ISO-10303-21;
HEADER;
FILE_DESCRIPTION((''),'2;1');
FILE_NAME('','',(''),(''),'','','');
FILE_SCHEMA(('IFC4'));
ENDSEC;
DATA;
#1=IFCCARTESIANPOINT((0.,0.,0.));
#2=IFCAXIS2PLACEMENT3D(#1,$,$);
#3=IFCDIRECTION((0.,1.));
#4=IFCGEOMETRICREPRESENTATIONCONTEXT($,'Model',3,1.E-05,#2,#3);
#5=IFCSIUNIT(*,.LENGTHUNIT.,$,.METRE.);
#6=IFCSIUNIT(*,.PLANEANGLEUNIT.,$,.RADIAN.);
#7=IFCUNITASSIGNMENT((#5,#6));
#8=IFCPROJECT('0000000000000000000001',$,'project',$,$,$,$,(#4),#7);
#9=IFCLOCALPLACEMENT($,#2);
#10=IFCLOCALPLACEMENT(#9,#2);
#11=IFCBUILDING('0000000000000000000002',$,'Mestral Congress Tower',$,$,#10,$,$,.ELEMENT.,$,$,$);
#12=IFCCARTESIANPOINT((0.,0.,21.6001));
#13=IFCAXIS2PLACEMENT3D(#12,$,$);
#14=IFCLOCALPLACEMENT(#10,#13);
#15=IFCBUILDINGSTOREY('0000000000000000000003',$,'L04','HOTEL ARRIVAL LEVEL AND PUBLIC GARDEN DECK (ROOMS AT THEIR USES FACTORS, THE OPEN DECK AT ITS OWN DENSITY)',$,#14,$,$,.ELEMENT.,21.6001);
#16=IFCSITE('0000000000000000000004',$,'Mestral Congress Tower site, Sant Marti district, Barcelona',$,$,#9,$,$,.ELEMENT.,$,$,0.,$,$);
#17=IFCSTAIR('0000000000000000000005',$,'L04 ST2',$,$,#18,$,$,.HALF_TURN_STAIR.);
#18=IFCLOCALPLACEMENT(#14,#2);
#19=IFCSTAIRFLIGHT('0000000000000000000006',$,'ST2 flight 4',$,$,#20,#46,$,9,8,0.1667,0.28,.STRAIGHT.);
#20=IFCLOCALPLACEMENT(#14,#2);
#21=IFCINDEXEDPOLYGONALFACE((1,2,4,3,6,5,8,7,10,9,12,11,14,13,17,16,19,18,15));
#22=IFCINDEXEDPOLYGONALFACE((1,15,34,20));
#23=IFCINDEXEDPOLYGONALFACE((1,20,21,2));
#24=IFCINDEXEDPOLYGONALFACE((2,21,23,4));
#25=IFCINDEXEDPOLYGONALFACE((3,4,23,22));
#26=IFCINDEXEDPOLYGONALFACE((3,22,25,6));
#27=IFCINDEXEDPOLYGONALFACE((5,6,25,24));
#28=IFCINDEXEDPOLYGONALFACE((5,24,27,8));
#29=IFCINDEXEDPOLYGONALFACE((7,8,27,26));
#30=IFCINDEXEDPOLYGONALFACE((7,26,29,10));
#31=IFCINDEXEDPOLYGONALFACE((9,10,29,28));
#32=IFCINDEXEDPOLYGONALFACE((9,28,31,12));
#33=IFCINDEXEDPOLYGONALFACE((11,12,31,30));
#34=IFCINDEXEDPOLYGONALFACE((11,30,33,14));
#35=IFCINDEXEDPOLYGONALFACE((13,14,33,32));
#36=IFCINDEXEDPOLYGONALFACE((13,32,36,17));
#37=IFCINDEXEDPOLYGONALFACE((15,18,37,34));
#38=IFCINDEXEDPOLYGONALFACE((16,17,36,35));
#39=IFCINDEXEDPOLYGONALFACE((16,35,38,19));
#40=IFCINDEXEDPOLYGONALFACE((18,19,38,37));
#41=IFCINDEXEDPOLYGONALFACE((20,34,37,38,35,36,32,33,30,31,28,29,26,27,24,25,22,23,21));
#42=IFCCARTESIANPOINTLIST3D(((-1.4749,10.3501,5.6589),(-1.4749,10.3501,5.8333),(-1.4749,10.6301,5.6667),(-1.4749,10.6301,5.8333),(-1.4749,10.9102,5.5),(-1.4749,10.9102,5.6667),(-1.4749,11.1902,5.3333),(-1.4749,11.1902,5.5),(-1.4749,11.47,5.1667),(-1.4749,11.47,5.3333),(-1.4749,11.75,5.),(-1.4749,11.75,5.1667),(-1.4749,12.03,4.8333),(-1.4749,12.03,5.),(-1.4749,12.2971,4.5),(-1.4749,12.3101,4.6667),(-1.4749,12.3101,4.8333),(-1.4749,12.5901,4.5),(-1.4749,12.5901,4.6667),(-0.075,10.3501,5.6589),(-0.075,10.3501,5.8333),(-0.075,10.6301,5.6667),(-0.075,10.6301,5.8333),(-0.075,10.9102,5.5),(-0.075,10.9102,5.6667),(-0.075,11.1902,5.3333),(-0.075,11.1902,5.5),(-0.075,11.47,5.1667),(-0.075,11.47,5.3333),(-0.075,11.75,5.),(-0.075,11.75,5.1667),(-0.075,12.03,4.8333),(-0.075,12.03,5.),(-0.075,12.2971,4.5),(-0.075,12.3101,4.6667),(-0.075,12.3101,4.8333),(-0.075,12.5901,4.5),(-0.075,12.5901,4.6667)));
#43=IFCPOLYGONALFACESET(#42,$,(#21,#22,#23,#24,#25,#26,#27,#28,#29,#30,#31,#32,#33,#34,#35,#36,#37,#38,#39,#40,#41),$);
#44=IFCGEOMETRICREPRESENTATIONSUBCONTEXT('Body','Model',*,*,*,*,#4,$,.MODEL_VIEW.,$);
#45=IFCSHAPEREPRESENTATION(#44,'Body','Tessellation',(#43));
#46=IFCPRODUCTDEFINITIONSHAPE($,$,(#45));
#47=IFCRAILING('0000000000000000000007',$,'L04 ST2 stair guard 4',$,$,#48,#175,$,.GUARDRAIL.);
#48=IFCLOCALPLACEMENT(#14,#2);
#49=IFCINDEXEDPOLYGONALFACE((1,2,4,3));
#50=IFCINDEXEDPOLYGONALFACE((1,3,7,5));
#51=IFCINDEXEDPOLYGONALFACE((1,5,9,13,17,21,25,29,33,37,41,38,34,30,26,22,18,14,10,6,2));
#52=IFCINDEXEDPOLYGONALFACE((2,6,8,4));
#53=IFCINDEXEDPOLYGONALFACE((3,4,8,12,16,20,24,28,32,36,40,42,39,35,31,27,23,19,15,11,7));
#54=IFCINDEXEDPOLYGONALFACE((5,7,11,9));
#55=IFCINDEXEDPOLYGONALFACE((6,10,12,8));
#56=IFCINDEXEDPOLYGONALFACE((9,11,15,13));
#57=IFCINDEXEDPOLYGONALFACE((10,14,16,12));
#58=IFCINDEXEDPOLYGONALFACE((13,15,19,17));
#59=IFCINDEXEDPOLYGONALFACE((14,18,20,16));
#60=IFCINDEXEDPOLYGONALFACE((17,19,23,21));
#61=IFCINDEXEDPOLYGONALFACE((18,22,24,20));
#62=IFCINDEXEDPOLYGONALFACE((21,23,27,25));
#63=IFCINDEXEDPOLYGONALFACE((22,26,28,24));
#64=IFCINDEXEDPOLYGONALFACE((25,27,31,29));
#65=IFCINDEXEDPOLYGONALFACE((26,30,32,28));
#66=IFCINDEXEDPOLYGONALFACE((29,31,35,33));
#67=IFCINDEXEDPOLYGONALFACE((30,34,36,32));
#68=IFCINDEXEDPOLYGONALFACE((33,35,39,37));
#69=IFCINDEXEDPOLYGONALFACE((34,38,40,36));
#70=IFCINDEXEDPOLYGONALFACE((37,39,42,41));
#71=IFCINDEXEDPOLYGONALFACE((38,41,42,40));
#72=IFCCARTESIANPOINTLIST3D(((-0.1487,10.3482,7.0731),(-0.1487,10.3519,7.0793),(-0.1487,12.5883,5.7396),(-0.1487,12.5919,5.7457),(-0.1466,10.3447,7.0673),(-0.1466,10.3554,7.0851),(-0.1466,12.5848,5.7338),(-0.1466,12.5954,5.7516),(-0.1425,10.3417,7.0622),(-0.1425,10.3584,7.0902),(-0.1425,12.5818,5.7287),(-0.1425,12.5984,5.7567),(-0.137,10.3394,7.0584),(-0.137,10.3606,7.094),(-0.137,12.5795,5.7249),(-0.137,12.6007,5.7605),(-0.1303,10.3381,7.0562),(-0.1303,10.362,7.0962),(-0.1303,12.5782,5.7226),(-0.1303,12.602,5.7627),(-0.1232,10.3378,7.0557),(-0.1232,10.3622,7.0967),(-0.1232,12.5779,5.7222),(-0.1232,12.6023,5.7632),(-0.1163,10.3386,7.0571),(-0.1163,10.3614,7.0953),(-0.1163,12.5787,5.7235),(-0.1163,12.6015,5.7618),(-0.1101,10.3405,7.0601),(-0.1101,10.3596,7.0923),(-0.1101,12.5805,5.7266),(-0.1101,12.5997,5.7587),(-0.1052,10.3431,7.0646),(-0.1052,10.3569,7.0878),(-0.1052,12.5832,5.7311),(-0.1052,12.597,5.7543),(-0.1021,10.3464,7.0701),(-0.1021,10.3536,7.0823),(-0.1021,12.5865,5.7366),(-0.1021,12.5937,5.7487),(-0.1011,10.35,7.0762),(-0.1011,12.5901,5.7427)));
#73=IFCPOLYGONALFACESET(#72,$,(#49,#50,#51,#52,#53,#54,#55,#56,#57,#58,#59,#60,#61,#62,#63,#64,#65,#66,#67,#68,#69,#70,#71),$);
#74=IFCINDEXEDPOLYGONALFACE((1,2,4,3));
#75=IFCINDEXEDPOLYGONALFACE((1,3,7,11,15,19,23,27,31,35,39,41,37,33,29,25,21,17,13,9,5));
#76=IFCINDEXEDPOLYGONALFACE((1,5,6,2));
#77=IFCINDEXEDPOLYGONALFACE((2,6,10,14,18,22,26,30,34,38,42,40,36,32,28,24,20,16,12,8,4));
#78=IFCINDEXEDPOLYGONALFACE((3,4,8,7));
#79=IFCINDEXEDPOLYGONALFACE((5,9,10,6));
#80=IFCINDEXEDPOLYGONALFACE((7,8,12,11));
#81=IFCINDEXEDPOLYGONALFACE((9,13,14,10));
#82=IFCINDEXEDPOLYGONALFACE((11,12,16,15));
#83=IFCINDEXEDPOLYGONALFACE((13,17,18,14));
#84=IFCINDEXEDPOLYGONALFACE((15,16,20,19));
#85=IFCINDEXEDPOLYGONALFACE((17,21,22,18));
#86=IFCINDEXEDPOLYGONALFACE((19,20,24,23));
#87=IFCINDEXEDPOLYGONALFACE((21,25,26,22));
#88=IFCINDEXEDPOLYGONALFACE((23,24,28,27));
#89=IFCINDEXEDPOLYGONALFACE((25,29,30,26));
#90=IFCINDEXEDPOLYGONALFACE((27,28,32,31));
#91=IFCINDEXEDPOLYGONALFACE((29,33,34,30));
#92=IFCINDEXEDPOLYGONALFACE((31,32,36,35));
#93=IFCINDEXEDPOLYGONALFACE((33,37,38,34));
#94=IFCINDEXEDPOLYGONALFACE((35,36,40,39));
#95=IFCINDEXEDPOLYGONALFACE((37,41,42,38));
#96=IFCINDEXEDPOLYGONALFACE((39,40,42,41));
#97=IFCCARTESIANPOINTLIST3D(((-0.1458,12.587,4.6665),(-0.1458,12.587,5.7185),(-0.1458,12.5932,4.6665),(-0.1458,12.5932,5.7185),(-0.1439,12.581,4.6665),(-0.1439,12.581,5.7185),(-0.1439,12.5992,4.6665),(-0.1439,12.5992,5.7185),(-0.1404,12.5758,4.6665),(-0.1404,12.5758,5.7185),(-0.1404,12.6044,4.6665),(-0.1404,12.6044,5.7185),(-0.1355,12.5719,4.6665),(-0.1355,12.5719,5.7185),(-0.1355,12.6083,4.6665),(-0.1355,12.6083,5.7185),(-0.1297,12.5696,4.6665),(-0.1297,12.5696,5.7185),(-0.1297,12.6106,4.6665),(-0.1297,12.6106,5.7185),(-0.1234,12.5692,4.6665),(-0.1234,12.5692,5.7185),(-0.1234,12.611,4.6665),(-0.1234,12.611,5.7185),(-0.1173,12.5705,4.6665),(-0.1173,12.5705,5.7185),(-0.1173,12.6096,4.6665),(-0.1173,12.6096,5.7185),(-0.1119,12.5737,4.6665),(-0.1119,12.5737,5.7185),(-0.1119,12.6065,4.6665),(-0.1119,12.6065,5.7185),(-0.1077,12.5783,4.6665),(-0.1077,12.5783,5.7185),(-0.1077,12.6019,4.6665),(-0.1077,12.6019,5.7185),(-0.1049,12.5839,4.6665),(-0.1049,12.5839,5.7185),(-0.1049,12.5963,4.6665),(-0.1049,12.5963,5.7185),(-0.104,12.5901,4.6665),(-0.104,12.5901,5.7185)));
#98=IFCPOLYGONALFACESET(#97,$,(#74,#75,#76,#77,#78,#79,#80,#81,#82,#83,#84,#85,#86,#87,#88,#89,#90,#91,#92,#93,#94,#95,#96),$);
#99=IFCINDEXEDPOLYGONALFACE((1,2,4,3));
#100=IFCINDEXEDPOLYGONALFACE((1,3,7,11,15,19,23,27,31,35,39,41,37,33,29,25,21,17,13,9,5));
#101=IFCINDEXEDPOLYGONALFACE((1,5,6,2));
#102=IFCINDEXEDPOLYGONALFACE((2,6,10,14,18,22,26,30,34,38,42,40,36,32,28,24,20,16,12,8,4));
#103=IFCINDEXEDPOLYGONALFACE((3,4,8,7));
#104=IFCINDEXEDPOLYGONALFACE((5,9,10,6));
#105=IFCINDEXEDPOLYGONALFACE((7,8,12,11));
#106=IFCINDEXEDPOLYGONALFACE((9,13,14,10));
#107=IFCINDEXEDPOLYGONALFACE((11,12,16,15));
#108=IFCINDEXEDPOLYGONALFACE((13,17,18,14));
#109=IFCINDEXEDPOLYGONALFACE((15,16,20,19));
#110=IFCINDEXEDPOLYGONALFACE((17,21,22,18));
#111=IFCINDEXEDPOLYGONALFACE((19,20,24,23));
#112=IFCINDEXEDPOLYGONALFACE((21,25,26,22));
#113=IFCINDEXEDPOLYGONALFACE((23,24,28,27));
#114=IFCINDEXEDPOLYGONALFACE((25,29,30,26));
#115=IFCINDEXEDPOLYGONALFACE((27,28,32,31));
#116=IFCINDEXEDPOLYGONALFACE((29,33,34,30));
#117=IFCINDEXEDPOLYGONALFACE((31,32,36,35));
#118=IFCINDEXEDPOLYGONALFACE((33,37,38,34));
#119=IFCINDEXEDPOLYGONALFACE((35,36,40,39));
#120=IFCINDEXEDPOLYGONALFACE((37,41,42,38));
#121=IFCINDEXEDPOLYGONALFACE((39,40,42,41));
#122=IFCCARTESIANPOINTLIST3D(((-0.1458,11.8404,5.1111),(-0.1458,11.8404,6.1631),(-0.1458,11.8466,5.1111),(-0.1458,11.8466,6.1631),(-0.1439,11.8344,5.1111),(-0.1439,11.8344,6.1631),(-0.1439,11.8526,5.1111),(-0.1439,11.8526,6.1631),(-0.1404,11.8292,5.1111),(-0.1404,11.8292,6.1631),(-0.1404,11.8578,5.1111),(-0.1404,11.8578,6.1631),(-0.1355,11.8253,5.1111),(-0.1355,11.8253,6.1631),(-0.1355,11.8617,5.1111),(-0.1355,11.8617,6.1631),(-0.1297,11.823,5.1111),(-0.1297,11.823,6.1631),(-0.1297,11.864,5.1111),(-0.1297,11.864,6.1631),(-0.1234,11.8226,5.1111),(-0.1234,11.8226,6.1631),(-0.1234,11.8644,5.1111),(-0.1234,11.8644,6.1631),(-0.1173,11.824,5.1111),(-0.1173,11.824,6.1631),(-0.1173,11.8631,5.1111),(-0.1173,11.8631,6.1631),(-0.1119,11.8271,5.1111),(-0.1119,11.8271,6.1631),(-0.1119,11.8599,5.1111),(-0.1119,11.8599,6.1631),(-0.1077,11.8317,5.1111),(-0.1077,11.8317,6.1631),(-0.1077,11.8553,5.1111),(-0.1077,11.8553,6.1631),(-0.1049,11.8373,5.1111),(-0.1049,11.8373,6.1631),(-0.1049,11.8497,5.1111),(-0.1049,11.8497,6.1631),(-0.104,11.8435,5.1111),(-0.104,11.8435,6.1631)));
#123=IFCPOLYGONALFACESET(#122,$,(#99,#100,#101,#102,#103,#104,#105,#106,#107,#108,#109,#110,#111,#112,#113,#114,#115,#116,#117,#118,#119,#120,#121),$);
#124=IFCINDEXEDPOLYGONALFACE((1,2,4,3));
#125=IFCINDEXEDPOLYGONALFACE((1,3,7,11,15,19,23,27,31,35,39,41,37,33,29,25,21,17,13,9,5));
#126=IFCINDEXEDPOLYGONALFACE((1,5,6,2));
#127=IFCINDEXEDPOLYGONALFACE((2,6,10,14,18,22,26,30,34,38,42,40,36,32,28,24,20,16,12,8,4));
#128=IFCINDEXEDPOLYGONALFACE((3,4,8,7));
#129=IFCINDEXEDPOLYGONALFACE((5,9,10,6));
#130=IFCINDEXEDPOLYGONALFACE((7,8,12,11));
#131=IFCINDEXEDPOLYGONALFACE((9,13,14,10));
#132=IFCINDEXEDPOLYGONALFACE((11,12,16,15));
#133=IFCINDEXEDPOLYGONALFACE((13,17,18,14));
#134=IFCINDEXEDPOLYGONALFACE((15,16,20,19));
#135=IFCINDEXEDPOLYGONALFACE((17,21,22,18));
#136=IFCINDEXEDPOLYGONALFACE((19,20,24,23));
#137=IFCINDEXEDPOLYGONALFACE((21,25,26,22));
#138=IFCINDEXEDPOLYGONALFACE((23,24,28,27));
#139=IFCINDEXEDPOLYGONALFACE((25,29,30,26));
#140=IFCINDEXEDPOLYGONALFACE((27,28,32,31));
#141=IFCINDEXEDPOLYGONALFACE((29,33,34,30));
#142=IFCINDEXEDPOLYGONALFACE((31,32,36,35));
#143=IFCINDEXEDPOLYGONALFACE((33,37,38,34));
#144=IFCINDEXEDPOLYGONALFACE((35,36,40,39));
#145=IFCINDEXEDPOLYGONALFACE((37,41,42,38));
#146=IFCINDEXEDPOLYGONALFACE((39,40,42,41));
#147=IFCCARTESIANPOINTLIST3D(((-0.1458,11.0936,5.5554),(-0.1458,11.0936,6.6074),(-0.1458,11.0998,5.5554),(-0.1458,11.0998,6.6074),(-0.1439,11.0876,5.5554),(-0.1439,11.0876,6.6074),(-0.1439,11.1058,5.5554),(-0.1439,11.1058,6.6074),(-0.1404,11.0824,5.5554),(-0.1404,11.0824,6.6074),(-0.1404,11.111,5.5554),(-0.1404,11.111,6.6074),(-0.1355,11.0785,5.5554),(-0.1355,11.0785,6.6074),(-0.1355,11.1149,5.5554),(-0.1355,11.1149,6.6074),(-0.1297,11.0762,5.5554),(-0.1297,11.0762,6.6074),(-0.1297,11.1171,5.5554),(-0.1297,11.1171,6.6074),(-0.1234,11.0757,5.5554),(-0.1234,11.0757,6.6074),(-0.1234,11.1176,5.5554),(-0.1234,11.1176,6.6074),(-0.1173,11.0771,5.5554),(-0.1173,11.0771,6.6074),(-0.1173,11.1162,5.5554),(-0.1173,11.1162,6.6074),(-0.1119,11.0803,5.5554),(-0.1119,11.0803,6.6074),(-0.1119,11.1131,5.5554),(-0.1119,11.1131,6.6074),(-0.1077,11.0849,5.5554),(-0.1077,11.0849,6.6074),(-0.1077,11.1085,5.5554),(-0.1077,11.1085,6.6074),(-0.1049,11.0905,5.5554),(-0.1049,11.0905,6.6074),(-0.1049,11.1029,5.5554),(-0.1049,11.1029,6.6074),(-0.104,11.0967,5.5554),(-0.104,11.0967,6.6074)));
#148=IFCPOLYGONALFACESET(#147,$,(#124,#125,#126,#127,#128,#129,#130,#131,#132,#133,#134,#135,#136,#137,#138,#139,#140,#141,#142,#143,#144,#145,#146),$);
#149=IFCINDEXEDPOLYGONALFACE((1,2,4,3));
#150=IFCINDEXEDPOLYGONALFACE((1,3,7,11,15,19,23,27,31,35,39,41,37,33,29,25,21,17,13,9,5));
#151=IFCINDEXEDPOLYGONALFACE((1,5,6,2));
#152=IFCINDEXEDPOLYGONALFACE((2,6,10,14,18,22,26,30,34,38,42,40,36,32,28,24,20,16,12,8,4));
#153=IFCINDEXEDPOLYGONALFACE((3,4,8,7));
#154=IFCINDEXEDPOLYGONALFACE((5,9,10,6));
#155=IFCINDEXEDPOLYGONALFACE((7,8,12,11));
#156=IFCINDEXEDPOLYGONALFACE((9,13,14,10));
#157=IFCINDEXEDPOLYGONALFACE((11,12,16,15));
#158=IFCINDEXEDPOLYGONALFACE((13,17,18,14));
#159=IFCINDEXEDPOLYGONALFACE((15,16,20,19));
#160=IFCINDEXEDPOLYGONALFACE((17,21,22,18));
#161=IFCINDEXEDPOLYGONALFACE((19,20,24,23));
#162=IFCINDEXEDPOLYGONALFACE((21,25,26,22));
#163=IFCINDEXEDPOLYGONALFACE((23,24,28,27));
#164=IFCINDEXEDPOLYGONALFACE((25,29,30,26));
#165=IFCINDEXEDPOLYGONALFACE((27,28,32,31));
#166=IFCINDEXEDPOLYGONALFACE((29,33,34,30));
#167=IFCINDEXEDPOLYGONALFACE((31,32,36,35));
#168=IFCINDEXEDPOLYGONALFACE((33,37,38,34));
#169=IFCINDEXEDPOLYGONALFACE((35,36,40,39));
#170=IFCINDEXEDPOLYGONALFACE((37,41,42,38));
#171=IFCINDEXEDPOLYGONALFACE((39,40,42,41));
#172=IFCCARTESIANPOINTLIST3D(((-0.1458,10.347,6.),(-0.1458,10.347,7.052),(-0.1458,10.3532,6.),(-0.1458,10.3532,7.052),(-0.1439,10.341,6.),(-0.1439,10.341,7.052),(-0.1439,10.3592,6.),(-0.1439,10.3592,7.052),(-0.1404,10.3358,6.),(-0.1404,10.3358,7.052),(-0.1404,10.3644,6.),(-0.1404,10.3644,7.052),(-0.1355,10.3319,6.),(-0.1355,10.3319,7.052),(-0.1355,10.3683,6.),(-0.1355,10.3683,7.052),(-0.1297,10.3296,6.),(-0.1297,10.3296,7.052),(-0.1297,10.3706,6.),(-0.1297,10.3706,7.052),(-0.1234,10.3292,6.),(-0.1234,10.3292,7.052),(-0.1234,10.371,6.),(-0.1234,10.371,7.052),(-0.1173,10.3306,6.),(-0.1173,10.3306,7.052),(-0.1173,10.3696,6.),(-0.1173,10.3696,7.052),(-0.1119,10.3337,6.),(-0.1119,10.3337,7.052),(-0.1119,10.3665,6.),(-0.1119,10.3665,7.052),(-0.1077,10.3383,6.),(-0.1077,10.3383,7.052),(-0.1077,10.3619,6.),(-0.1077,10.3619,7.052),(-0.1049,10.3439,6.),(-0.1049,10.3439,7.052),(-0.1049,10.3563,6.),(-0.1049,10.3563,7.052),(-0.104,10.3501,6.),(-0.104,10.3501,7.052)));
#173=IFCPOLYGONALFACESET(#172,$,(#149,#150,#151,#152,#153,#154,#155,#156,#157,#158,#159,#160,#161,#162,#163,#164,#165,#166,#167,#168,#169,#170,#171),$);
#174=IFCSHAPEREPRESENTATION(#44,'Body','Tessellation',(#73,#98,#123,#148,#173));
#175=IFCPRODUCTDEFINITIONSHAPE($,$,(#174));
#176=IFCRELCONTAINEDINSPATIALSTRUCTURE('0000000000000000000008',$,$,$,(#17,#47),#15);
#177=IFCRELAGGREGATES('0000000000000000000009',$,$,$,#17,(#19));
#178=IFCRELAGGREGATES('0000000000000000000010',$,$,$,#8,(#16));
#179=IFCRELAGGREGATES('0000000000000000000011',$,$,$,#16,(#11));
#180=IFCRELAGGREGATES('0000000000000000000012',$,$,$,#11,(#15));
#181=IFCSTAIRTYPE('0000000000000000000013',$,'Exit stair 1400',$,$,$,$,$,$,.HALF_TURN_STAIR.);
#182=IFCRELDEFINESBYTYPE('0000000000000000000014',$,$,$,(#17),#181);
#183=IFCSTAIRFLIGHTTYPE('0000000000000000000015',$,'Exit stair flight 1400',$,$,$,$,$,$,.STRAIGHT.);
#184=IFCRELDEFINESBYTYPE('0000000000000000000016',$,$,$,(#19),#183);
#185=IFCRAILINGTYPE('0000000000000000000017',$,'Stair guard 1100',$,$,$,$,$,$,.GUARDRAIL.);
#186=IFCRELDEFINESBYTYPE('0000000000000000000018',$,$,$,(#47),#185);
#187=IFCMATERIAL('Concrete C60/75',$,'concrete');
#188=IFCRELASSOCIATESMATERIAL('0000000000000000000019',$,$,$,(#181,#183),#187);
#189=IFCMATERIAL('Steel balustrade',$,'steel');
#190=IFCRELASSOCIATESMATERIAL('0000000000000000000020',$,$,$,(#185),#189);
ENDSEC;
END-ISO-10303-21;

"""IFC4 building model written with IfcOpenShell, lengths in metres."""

from ifc_helpers import new_model, si_unit, direction, frame, origin, origin_2d, place, context, subcontext, project, spatial, polyline, circle, outline, extrude, material, type_object, element, aggregate, save


model = new_model("IFC4")

# Units and contexts
model_context = context("Model", 3, precision=1e-05, world=origin(), true_north=direction((0.0, 1.0)))
body_context = subcontext(model_context, "Body", "Model", "MODEL_VIEW")
ifc_project = project(units=[si_unit("LENGTHUNIT", "METRE"), si_unit("PLANEANGLEUNIT", "RADIAN")], contexts=[model_context])

# Site, building, storey
site_placement = place(None, origin())
site = spatial("IfcSite", under=ifc_project, at=site_placement, Name="Mestral Congress Tower site, Sant Marti district, Barcelona", CompositionType="ELEMENT", RefElevation=0.0)
building_placement = place(site_placement, origin())
building = spatial("IfcBuilding", under=site, at=building_placement, Name="Mestral Congress Tower", CompositionType="ELEMENT")
storey_placement = place(building_placement, frame((0.0, 0.0, 21.6001)))
storey = spatial("IfcBuildingStorey", under=building, at=storey_placement, Name="L04", Description="HOTEL ARRIVAL LEVEL AND PUBLIC GARDEN DECK (ROOMS AT THEIR USES FACTORS, THE OPEN DECK AT ITS OWN DENSITY)", CompositionType="ELEMENT", Elevation=21.6001)

# Shared definitions
ifc_material_1 = material(Name="Concrete C60/75", Category="concrete")

# Stair, stair flight
stair_type = type_object("IfcStairType", Name="Exit stair 1400", PredefinedType="HALF_TURN_STAIR", material=ifc_material_1)
stair_placement = place(storey_placement, origin())
stair = element("IfcStair", 1, at=stair_placement, inside=storey, type_object=stair_type, Name="L04 ST2", PredefinedType="HALF_TURN_STAIR")
stair_flight_type = type_object("IfcStairFlightType", Name="Exit stair flight 1400", PredefinedType="STRAIGHT", material=ifc_material_1)
stair_flight_1_placement = place(storey_placement, frame((-0.7749, 12.5901, 4.5), z_axis=(0.0, 0.0, 1.0), x_axis=(0.0, -1.0, 0.0)))
stair_flight_1 = element("IfcStairFlight", 2, at=stair_flight_1_placement, type_object=stair_flight_type, Name="ST2 flight 4", NumberOfRisers=9, NumberOfTreads=8, PredefinedType="STRAIGHT", RiserHeight=0.1667, TreadLength=0.28, context=body_context, shape_type="SweptSolid", body=[
    extrude(outline(polyline([(0.0, 0.0), (0.0, 0.1667), (0.28, 0.1667), (0.28, 0.3333), (0.5601, 0.3333), (0.5601, 0.5), (0.8401, 0.5), (0.8401, 0.6667), (1.1201, 0.6667), (1.1201, 0.8333), (1.3999, 0.8333), (1.3999, 1.0), (1.6799, 1.0), (1.6799, 1.1667), (1.96, 1.1667), (1.96, 1.3333), (2.24, 1.3333), (2.24, 1.5), (2.24, 1.1589), (0.293, 0.0), (0.0, 0.0)])), frame((0.0, 0.7, 0.0), z_axis=(0.0, -1.0, 0.0), x_axis=(1.0, 0.0, 0.0)), (0.0, 0.0, 1.0), 1.3999),
])
aggregate(stair, [stair_flight_1])

# Railing
ifc_material_2 = material(Name="Steel balustrade", Category="steel")
railing_type = type_object("IfcRailingType", Name="Stair guard 1100", PredefinedType="GUARDRAIL", material=ifc_material_2)
railing_1_placement = place(storey_placement, frame((-0.125, 12.5901, 4.6665)))
element("IfcRailing", 3, at=railing_1_placement, inside=storey, type_object=railing_type, Name="L04 ST2 stair guard 4", PredefinedType="GUARDRAIL", context=body_context, shape_type="SweptSolid", body=[
    extrude(circle(Radius=0.0239, at=origin_2d()), frame((0.0, 0.0, 1.0762), z_axis=(0.0, -0.859264, 0.511532), x_axis=(1.0, 0.0, 0.0)), (0.0, 0.0, 1.0), 2.6069),
    extrude(circle(Radius=0.021, at=origin_2d()), origin(), (0.0, 0.0, 1.0), 1.052),
    extrude(circle(Radius=0.021, at=origin_2d()), frame((0.0, -0.7466, 0.4446)), (0.0, 0.0, 1.0), 1.052),
    extrude(circle(Radius=0.021, at=origin_2d()), frame((0.0, -1.4934, 0.8889)), (0.0, 0.0, 1.0), 1.052),
    extrude(circle(Radius=0.021, at=origin_2d()), frame((0.0, -2.24, 1.3335)), (0.0, 0.0, 1.0), 1.052),
])

save(model, "model.ifc")
